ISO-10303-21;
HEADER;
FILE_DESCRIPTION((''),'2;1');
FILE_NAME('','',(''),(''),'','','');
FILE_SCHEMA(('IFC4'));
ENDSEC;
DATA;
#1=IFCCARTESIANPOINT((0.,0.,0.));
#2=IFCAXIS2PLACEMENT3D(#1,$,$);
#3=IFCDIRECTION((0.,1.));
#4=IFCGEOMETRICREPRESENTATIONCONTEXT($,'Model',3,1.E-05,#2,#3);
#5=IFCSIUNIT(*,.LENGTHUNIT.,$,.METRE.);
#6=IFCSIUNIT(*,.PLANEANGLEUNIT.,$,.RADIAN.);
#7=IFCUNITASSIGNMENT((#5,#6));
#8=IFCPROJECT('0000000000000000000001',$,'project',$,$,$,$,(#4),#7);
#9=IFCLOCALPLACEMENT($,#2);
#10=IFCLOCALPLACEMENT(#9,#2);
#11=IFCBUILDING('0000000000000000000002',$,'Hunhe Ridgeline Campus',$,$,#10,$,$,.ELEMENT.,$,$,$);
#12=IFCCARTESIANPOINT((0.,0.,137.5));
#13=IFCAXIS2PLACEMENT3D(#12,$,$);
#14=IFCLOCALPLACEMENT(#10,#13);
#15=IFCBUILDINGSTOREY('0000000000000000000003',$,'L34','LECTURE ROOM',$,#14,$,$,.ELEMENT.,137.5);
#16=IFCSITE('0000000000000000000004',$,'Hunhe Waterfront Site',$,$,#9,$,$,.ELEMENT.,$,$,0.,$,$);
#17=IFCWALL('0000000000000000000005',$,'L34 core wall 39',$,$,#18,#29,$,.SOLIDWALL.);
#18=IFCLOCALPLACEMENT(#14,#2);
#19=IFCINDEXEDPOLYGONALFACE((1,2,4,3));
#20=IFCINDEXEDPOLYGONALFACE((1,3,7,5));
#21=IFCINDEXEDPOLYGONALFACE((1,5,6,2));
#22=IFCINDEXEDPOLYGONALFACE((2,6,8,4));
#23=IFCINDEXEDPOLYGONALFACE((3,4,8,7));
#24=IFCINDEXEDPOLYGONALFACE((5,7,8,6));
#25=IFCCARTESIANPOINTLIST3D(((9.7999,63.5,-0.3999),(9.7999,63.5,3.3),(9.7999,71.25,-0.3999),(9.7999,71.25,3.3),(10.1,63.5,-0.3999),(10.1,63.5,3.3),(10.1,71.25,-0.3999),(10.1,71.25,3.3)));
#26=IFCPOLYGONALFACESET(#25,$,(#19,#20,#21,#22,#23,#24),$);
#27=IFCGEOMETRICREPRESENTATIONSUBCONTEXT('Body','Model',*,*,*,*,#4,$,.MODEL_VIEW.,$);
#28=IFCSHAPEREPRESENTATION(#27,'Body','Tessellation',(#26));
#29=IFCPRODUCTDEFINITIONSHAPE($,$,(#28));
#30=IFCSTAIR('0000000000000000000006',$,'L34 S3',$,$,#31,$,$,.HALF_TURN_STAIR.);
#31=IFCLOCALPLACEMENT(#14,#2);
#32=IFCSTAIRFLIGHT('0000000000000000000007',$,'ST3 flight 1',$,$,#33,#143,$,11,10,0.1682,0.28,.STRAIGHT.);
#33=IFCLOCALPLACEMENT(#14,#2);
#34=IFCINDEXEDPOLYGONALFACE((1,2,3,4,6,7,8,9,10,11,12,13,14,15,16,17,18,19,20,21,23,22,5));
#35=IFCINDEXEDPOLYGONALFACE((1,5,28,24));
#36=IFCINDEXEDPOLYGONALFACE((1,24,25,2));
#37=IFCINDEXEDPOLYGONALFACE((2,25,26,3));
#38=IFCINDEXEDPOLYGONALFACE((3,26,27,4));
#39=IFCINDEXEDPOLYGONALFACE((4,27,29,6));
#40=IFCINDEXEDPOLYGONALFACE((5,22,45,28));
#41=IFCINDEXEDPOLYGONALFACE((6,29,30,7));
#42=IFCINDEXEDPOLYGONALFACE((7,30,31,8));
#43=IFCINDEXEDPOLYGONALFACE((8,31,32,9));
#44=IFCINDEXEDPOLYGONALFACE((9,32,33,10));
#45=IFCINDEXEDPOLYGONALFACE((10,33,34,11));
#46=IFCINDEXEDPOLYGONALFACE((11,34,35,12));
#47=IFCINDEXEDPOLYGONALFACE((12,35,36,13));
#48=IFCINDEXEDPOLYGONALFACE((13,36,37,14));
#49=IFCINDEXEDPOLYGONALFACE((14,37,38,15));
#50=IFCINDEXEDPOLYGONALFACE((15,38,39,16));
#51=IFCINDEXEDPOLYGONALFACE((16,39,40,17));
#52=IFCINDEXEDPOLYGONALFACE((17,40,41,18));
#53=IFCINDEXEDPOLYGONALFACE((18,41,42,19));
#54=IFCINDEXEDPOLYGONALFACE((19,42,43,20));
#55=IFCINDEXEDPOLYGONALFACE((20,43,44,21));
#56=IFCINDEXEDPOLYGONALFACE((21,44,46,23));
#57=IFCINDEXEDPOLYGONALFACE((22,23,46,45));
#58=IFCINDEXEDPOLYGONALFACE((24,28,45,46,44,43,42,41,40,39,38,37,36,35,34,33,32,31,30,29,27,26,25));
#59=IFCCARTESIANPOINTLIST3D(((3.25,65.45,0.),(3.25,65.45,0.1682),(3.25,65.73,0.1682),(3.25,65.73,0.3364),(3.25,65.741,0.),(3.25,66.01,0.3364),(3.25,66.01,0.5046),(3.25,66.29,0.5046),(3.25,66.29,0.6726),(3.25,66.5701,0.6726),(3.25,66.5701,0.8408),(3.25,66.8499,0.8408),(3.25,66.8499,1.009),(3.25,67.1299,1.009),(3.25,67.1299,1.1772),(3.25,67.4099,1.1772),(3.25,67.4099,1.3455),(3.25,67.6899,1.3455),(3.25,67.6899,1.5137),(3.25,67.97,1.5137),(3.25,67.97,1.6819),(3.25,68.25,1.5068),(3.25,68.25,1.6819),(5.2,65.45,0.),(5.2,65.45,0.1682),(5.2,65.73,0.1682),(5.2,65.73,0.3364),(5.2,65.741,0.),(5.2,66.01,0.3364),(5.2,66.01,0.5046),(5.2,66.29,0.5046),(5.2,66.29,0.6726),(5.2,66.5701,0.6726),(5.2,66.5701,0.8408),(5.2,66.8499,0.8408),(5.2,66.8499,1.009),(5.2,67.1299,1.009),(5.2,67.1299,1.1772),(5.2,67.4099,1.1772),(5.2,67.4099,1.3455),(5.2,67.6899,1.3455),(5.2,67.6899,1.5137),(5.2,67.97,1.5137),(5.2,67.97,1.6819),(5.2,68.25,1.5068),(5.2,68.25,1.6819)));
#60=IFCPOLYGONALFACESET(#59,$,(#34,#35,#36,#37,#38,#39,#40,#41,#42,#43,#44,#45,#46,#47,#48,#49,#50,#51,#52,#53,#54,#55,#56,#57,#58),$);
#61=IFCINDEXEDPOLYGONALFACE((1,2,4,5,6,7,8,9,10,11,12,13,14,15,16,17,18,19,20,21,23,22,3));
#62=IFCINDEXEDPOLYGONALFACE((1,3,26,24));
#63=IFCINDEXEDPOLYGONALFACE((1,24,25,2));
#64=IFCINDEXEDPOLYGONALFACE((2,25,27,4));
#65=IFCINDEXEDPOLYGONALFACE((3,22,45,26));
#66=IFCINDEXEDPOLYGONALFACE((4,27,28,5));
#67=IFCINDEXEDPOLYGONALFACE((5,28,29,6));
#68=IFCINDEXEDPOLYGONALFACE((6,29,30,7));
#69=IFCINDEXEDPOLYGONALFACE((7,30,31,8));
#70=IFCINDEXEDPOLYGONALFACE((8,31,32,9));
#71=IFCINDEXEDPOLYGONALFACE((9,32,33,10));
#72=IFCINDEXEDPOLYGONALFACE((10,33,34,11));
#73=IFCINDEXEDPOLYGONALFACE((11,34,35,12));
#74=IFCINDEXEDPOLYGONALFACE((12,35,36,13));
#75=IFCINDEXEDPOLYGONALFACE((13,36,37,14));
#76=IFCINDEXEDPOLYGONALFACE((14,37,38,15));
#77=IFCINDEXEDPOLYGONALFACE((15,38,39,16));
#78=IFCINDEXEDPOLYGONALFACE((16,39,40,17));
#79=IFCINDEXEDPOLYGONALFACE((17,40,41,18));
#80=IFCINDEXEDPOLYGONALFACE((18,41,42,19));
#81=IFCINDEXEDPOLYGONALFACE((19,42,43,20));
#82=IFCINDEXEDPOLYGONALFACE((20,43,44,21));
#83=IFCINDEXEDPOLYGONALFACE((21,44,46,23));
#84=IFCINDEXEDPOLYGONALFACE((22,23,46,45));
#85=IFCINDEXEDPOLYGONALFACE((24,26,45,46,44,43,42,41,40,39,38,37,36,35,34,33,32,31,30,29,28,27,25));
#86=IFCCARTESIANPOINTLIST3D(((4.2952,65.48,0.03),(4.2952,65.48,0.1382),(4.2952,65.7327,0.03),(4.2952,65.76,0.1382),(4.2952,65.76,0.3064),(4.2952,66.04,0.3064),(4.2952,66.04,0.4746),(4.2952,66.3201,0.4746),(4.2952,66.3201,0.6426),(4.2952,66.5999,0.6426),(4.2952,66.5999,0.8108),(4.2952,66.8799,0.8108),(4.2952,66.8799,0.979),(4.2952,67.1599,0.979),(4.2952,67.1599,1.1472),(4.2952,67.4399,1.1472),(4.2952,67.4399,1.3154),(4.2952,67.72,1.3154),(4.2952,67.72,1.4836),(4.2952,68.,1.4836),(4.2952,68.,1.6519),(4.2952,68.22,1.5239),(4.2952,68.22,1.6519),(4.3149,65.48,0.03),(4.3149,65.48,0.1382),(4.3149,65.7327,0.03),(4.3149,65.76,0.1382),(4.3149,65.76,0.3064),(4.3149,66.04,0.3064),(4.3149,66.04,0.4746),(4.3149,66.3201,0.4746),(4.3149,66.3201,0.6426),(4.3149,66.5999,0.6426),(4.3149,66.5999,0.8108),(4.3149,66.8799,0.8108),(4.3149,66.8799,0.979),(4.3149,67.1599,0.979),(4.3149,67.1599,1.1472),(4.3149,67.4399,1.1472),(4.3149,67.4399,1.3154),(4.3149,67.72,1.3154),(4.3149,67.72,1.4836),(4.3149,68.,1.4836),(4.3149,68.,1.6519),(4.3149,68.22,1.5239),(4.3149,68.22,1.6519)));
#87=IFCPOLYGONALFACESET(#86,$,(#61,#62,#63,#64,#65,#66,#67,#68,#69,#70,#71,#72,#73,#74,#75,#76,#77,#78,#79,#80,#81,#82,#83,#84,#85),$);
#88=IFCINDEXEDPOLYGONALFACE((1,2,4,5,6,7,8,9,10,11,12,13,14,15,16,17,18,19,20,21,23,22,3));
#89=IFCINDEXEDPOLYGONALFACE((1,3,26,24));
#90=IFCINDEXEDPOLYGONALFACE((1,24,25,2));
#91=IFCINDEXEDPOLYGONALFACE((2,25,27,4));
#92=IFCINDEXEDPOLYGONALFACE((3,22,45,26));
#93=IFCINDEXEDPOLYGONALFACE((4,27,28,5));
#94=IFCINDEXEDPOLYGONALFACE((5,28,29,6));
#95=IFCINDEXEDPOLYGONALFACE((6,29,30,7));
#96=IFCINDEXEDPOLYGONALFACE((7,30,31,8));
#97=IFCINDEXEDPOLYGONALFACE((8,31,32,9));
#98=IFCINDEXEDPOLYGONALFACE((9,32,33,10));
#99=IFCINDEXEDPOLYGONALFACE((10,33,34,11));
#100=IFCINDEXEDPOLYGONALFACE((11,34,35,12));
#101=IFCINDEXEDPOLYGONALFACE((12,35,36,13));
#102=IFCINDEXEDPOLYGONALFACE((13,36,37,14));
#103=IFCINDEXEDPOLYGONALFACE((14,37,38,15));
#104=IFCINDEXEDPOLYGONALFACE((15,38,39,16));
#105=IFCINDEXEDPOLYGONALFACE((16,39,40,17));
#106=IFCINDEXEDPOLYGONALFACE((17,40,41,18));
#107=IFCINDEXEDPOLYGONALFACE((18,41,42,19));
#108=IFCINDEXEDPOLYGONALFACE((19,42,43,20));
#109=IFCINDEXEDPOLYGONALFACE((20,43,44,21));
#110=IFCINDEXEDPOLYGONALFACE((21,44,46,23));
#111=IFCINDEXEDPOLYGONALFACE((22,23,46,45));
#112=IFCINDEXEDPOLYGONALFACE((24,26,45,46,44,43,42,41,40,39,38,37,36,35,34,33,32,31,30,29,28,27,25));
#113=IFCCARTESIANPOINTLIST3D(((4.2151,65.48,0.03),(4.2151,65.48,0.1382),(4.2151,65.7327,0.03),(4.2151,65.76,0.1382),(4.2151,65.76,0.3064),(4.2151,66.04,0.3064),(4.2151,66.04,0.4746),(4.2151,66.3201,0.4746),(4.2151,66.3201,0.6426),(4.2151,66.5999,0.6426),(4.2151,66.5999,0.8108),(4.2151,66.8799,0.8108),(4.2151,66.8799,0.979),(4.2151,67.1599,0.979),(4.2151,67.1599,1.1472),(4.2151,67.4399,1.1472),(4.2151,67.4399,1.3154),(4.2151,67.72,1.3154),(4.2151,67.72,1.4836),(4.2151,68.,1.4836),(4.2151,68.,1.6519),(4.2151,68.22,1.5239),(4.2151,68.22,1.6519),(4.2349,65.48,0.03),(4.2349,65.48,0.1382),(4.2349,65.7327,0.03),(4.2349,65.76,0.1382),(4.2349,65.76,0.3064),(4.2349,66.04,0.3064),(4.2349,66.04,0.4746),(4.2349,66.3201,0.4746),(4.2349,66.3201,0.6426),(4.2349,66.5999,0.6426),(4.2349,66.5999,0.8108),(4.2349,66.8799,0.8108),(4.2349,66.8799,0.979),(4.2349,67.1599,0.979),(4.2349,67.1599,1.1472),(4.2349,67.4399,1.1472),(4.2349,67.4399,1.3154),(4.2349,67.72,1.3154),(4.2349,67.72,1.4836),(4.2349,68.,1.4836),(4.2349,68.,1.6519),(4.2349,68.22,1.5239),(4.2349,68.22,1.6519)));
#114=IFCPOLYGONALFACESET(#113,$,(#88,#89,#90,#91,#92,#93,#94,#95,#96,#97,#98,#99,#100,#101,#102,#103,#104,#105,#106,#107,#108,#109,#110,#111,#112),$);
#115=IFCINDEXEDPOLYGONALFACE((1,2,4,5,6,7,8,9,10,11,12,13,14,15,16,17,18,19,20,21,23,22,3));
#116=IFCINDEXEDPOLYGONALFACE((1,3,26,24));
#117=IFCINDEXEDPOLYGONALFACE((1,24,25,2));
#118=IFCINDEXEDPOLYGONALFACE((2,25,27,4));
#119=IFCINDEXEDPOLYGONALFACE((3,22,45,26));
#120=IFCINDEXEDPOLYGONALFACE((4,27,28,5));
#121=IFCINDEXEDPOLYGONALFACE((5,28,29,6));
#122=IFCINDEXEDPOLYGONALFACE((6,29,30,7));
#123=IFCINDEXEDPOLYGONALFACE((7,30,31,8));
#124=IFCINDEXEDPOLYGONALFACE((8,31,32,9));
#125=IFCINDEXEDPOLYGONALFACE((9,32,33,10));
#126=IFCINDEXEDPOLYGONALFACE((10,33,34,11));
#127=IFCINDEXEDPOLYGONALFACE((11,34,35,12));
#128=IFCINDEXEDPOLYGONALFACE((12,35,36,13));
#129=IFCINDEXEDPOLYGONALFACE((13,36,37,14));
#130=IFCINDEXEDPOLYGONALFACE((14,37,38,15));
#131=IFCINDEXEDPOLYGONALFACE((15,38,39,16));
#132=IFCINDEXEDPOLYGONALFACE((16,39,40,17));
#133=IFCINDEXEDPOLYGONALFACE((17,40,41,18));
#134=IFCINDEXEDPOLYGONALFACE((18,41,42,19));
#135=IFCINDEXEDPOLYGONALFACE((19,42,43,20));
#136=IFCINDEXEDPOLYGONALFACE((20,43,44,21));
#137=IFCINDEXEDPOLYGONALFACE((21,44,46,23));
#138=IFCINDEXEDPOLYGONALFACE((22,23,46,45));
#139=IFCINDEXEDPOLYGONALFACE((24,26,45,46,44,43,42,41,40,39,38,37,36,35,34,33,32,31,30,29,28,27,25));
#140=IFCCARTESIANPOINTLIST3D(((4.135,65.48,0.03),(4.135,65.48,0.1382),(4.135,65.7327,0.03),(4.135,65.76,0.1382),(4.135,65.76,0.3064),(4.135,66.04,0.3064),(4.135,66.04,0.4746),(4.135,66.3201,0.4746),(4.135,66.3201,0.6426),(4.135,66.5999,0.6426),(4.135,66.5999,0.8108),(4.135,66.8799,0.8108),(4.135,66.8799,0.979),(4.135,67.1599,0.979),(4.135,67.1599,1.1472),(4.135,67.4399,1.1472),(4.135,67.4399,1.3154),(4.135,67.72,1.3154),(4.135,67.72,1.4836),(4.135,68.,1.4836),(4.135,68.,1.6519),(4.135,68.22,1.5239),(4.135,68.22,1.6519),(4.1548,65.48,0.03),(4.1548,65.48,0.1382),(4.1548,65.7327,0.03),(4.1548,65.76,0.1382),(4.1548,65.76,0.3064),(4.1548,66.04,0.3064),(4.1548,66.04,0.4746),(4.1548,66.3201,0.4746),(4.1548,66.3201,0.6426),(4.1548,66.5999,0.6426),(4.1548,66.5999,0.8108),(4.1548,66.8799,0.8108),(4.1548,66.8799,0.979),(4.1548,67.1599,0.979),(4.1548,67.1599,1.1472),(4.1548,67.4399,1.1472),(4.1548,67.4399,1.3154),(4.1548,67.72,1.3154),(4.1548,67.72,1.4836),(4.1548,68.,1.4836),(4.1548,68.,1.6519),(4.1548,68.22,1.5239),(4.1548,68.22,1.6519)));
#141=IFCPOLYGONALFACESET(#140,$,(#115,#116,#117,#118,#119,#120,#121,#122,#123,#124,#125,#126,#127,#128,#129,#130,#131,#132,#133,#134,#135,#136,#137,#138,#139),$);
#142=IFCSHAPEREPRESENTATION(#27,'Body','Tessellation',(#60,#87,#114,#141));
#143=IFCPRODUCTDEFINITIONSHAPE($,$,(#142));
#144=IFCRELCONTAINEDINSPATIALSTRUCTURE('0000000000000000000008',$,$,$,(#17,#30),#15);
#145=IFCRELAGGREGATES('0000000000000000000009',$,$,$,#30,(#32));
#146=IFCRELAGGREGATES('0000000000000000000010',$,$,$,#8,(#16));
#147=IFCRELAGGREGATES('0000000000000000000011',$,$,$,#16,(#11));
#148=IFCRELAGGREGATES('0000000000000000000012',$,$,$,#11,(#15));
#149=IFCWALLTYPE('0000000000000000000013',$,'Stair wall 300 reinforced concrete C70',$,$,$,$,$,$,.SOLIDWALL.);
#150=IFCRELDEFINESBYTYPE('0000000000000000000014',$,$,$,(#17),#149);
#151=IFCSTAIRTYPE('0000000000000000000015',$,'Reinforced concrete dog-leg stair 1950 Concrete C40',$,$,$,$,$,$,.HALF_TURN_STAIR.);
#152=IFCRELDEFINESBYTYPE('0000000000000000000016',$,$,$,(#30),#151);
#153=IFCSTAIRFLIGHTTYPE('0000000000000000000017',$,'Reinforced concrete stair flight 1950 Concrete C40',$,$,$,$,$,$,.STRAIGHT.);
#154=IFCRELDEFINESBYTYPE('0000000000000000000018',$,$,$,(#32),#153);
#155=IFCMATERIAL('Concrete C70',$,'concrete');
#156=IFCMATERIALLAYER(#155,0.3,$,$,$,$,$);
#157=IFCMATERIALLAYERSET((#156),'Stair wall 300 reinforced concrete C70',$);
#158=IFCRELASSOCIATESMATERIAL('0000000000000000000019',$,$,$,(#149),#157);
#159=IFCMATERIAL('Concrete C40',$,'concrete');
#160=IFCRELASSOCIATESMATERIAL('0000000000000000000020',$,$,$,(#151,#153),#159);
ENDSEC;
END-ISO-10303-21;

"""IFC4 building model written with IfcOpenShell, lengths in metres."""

from ifc_helpers import new_model, si_unit, direction, frame, frame_2d, origin, place, context, subcontext, project, spatial, polyline, rectangle, outline, extrude, material, layer, layer_set, type_object, element, aggregate, save


model = new_model("IFC4")

# Units and contexts
model_context = context("Model", 3, precision=1e-05, world=origin(), true_north=direction((0.0, 1.0)))
body_context = subcontext(model_context, "Body", "Model", "MODEL_VIEW")
ifc_project = project(units=[si_unit("LENGTHUNIT", "METRE"), si_unit("PLANEANGLEUNIT", "RADIAN")], contexts=[model_context])

# Site, building, storey
site_placement = place(None, origin())
site = spatial("IfcSite", under=ifc_project, at=site_placement, Name="Hunhe Waterfront Site", CompositionType="ELEMENT", RefElevation=0.0)
building_placement = place(site_placement, origin())
building = spatial("IfcBuilding", under=site, at=building_placement, Name="Hunhe Ridgeline Campus", CompositionType="ELEMENT")
storey_placement = place(building_placement, frame((0.0, 0.0, 137.5)))
storey = spatial("IfcBuildingStorey", under=building, at=storey_placement, Name="L34", Description="LECTURE ROOM", CompositionType="ELEMENT", Elevation=137.5)

# Shared definitions
ifc_material_1 = material(Name="Concrete C70", Category="concrete")

# Shared definitions
ifc_layer_1 = layer(ifc_material_1, 0.3)
ifc_layer_set_1 = layer_set([ifc_layer_1], Name="Stair wall 300 reinforced concrete C70")
wall_type_1 = type_object("IfcWallType", Name="Stair wall 300 reinforced concrete C70", PredefinedType="SOLIDWALL", material=ifc_layer_set_1)

# Wall
wall_1_placement = place(storey_placement, frame((9.95, 63.5, -0.3999), z_axis=(0.0, 0.0, 1.0), x_axis=(0.0, 1.0, 0.0)))
element("IfcWall", 1, at=wall_1_placement, inside=storey, type_object=wall_type_1, Name="L34 core wall 39", PredefinedType="SOLIDWALL", context=body_context, shape_type="SweptSolid", body=[
    extrude(rectangle(XDim=7.75, YDim=0.3, at=frame_2d((3.875, 0.0))), origin(), (0.0, 0.0, 1.0), 3.7),
])

# Stair, stair flight
ifc_material_2 = material(Name="Concrete C40", Category="concrete")
stair_type = type_object("IfcStairType", Name="Reinforced concrete dog-leg stair 1950 Concrete C40", PredefinedType="HALF_TURN_STAIR", material=ifc_material_2)
stair_1_placement = place(storey_placement, origin())
stair_1 = element("IfcStair", 2, at=stair_1_placement, inside=storey, type_object=stair_type, Name="L34 S3", PredefinedType="HALF_TURN_STAIR")
stair_flight_type = type_object("IfcStairFlightType", Name="Reinforced concrete stair flight 1950 Concrete C40", PredefinedType="STRAIGHT", material=ifc_material_2)
stair_flight_1_placement = place(storey_placement, frame((4.2251, 65.45, 0.0), z_axis=(0.0, 0.0, 1.0), x_axis=(0.0, 1.0, 0.0)))
stair_flight_1 = element("IfcStairFlight", 3, at=stair_flight_1_placement, type_object=stair_flight_type, Name="ST3 flight 1", NumberOfRisers=11, NumberOfTreads=10, PredefinedType="STRAIGHT", RiserHeight=0.1682, TreadLength=0.28, context=body_context, shape_type="SweptSolid", body=[
    extrude(outline(polyline([(0.0, 0.0), (0.0, 0.1682), (0.28, 0.1682), (0.28, 0.3364), (0.5601, 0.3364), (0.5601, 0.5046), (0.8401, 0.5046), (0.8401, 0.6726), (1.1201, 0.6726), (1.1201, 0.8408), (1.3999, 0.8408), (1.3999, 1.009), (1.6799, 1.009), (1.6799, 1.1772), (1.96, 1.1772), (1.96, 1.3455), (2.24, 1.3455), (2.24, 1.5137), (2.52, 1.5137), (2.52, 1.6819), (2.8, 1.6819), (2.8, 1.8501), (2.8, 1.5068), (0.291, 0.0), (0.0, 0.0)])), frame((0.0, 0.9751, 0.0), z_axis=(0.0, -1.0, 0.0), x_axis=(1.0, 0.0, 0.0)), (0.0, 0.0, 1.0), 1.95),
    extrude(outline(polyline([(0.03, 0.03), (0.03, 0.1382), (0.3101, 0.1382), (0.3101, 0.3064), (0.5901, 0.3064), (0.5901, 0.4746), (0.8701, 0.4746), (0.8701, 0.6426), (1.1499, 0.6426), (1.1499, 0.8108), (1.4299, 0.8108), (1.4299, 0.979), (1.71, 0.979), (1.71, 1.1472), (1.99, 1.1472), (1.99, 1.3154), (2.27, 1.3154), (2.27, 1.4836), (2.55, 1.4836), (2.55, 1.6519), (2.77, 1.6519), (2.77, 1.5239), (0.2827, 0.03), (0.03, 0.03)])), frame((0.0, -0.0701, 0.0), z_axis=(0.0, -1.0, 0.0), x_axis=(1.0, 0.0, 0.0)), (0.0, 0.0, 1.0), 0.0198),
    extrude(outline(polyline([(0.03, 0.03), (0.03, 0.1382), (0.3101, 0.1382), (0.3101, 0.3064), (0.5901, 0.3064), (0.5901, 0.4746), (0.8701, 0.4746), (0.8701, 0.6426), (1.1499, 0.6426), (1.1499, 0.8108), (1.4299, 0.8108), (1.4299, 0.979), (1.71, 0.979), (1.71, 1.1472), (1.99, 1.1472), (1.99, 1.3154), (2.27, 1.3154), (2.27, 1.4836), (2.55, 1.4836), (2.55, 1.6519), (2.77, 1.6519), (2.77, 1.5239), (0.2827, 0.03), (0.03, 0.03)])), frame((0.0, 0.01, 0.0), z_axis=(0.0, -1.0, 0.0), x_axis=(1.0, 0.0, 0.0)), (0.0, 0.0, 1.0), 0.0198),
    extrude(outline(polyline([(0.03, 0.03), (0.03, 0.1382), (0.3101, 0.1382), (0.3101, 0.3064), (0.5901, 0.3064), (0.5901, 0.4746), (0.8701, 0.4746), (0.8701, 0.6426), (1.1499, 0.6426), (1.1499, 0.8108), (1.4299, 0.8108), (1.4299, 0.979), (1.71, 0.979), (1.71, 1.1472), (1.99, 1.1472), (1.99, 1.3154), (2.27, 1.3154), (2.27, 1.4836), (2.55, 1.4836), (2.55, 1.6519), (2.77, 1.6519), (2.77, 1.5239), (0.2827, 0.03), (0.03, 0.03)])), frame((0.0, 0.0901, 0.0), z_axis=(0.0, -1.0, 0.0), x_axis=(1.0, 0.0, 0.0)), (0.0, 0.0, 1.0), 0.0198),
])
aggregate(stair_1, [stair_flight_1])

save(model, "model.ifc")
